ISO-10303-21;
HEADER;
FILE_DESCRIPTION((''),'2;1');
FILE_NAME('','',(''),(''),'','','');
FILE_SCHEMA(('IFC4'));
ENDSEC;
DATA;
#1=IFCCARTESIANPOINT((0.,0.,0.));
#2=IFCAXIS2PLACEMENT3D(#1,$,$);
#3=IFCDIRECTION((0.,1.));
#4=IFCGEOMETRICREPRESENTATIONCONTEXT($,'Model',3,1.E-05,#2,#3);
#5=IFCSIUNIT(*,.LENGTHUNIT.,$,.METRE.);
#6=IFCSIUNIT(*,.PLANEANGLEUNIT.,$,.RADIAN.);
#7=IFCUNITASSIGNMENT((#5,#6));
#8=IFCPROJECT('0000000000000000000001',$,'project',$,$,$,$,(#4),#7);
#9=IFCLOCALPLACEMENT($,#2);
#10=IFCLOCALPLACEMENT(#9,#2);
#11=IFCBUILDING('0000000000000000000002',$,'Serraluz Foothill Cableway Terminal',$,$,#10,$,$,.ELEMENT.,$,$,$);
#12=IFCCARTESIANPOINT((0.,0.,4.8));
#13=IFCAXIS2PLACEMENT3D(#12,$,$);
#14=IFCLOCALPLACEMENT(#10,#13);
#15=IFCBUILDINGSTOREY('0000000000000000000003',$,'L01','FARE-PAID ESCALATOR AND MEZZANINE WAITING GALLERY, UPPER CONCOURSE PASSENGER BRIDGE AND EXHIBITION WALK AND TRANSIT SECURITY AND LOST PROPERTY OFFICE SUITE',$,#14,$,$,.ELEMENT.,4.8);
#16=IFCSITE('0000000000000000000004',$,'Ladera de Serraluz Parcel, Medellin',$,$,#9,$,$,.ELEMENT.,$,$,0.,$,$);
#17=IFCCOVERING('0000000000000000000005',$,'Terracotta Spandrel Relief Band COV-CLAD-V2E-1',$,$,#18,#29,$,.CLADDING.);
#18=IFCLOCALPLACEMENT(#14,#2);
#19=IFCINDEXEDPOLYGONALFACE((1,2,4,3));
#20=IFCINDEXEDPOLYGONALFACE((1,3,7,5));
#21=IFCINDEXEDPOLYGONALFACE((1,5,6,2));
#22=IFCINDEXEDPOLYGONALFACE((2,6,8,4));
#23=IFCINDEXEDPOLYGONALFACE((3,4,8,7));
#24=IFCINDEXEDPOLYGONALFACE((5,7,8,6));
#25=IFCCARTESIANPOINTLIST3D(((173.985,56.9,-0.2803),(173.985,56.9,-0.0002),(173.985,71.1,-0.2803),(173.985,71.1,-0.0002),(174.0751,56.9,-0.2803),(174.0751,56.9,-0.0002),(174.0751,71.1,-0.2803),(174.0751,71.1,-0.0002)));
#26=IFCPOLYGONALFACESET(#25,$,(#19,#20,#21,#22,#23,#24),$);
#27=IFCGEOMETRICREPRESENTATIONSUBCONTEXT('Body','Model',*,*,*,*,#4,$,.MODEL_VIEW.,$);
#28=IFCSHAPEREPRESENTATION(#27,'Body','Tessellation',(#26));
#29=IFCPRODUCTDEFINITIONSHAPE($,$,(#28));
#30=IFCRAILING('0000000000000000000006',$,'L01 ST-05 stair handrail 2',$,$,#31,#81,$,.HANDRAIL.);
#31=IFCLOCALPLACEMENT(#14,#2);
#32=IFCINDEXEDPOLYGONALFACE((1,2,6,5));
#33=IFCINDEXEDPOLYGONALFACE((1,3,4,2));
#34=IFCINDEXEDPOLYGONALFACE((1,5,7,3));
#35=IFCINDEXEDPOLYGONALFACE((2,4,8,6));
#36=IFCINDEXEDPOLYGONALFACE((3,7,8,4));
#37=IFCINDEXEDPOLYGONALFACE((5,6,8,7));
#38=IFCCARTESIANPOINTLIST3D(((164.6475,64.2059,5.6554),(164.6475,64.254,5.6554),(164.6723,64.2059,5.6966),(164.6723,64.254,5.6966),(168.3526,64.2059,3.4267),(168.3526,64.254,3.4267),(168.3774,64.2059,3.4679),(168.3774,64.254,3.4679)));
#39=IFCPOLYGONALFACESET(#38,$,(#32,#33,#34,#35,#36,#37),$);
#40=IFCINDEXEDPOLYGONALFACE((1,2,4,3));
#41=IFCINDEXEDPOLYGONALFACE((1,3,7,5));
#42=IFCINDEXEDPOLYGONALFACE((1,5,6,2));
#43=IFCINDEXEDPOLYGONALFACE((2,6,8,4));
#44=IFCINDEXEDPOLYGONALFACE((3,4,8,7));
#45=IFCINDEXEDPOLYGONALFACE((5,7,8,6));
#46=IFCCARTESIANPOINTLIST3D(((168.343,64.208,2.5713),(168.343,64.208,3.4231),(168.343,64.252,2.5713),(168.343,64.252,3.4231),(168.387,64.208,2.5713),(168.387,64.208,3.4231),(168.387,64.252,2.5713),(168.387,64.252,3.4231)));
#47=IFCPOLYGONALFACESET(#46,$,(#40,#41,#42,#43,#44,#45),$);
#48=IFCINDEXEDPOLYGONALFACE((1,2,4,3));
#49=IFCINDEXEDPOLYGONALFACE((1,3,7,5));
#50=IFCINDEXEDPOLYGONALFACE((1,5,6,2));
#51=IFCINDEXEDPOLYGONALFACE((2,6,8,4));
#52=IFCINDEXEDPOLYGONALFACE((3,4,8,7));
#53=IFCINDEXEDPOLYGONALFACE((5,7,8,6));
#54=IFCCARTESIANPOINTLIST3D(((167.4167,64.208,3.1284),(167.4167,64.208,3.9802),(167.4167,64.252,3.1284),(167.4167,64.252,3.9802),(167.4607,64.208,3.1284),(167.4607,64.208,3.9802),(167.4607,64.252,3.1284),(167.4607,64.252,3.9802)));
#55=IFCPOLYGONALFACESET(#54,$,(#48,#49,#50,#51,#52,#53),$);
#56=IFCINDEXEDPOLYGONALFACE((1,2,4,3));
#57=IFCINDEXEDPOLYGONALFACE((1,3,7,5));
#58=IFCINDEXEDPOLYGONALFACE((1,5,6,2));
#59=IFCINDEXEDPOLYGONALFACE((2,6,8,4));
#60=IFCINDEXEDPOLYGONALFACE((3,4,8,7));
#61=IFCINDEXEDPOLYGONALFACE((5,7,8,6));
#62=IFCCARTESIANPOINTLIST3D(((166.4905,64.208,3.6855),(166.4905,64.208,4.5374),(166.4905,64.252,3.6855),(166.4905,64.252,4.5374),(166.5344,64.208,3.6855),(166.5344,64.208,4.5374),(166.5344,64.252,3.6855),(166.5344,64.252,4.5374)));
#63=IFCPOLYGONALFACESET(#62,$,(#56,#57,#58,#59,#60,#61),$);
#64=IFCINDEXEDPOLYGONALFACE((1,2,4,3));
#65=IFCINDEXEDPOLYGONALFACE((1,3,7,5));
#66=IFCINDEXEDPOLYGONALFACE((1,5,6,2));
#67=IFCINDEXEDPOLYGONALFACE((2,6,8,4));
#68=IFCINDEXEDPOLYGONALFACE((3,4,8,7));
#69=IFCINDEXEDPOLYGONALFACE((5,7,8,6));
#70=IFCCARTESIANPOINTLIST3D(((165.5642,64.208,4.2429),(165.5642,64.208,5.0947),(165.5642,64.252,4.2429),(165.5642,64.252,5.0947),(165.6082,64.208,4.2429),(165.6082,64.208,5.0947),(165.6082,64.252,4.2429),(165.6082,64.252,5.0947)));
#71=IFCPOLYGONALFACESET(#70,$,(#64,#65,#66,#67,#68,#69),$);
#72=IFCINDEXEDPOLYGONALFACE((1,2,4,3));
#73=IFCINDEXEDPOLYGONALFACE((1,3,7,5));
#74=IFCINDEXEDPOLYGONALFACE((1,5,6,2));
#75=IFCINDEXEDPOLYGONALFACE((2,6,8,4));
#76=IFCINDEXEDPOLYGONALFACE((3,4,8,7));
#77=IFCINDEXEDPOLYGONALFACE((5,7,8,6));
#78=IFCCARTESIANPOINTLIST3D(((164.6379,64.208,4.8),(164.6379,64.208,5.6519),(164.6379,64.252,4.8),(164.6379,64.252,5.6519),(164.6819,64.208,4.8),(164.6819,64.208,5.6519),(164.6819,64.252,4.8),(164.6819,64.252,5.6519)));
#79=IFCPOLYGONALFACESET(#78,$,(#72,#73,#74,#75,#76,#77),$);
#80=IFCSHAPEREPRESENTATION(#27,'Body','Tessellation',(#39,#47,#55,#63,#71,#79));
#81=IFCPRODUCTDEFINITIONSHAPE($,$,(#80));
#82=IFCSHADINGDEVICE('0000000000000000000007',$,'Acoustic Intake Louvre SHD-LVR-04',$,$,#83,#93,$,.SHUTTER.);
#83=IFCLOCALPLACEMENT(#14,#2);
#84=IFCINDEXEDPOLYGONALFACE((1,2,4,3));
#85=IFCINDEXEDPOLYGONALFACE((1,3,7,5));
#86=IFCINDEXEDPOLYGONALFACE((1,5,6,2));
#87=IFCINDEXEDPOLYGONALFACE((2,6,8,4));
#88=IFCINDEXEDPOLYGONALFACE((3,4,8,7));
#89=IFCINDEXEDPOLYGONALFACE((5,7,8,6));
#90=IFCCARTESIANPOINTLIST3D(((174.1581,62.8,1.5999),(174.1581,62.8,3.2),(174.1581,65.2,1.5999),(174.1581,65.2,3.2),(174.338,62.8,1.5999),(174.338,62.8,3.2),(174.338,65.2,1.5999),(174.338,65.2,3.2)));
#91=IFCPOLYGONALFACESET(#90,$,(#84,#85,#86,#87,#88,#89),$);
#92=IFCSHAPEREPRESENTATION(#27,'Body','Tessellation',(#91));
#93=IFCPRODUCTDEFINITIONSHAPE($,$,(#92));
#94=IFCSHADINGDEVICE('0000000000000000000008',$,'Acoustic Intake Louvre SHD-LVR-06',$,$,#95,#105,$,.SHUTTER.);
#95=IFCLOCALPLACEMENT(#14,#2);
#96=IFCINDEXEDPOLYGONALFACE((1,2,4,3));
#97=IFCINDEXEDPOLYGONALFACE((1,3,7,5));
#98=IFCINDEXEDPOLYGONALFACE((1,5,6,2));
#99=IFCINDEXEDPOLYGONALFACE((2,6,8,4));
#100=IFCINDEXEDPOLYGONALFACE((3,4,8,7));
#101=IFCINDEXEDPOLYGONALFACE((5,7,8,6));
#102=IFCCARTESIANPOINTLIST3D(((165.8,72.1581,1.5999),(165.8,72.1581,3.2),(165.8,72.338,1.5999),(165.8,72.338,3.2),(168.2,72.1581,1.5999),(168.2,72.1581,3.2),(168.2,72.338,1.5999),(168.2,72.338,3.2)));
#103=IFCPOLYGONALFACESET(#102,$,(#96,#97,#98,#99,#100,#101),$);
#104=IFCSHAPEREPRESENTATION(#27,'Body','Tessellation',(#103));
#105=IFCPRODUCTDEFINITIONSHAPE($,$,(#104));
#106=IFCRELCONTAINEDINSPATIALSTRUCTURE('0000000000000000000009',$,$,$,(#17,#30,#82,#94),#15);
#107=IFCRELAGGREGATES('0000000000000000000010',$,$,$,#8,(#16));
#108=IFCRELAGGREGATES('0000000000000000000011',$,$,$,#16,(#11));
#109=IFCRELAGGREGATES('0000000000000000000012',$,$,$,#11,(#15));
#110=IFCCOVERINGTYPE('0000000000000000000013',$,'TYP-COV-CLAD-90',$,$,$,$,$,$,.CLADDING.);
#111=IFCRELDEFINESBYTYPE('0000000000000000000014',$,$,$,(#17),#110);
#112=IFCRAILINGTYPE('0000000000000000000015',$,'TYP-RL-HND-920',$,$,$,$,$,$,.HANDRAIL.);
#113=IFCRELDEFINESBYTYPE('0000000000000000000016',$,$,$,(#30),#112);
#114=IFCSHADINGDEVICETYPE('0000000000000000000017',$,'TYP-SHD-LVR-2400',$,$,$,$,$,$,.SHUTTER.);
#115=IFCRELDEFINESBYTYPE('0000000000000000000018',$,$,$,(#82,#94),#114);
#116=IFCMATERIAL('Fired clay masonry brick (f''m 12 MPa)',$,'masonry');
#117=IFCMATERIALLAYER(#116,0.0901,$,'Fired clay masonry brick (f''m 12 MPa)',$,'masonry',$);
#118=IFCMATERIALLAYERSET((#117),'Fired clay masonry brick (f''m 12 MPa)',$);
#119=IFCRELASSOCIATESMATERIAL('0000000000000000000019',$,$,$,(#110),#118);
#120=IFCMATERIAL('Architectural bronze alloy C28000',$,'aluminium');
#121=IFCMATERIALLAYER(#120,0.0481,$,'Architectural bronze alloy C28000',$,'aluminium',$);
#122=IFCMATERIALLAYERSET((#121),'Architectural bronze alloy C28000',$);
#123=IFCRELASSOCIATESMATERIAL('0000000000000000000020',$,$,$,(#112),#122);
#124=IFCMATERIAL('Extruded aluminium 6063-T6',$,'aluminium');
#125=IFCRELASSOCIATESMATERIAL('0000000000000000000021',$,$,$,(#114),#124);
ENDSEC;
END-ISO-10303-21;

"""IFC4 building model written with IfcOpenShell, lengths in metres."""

from ifc_helpers import new_model, si_unit, direction, frame, origin, origin_2d, place, context, subcontext, project, spatial, rectangle, extrude, material, layer, layer_set, type_object, element, save


model = new_model("IFC4")

# Units and contexts
model_context = context("Model", 3, precision=1e-05, world=origin(), true_north=direction((0.0, 1.0)))
body_context = subcontext(model_context, "Body", "Model", "MODEL_VIEW")
ifc_project = project(units=[si_unit("LENGTHUNIT", "METRE"), si_unit("PLANEANGLEUNIT", "RADIAN")], contexts=[model_context])

# Site, building, storey
site_placement = place(None, origin())
site = spatial("IfcSite", under=ifc_project, at=site_placement, Name="Ladera de Serraluz Parcel, Medellin", CompositionType="ELEMENT", RefElevation=0.0)
building_placement = place(site_placement, origin())
building = spatial("IfcBuilding", under=site, at=building_placement, Name="Serraluz Foothill Cableway Terminal", CompositionType="ELEMENT")
storey_placement = place(building_placement, frame((0.0, 0.0, 4.8)))
storey = spatial("IfcBuildingStorey", under=building, at=storey_placement, Name="L01", Description="FARE-PAID ESCALATOR AND MEZZANINE WAITING GALLERY, UPPER CONCOURSE PASSENGER BRIDGE AND EXHIBITION WALK AND TRANSIT SECURITY AND LOST PROPERTY OFFICE SUITE", CompositionType="ELEMENT", Elevation=4.8)

# Shared definitions
ifc_material_1 = material(Name="Fired clay masonry brick (f'm 12 MPa)", Category="masonry")

# Covering
ifc_layer_1 = layer(ifc_material_1, 0.0901, Name="Fired clay masonry brick (f'm 12 MPa)", Category="masonry")
ifc_layer_set_1 = layer_set([ifc_layer_1], Name="Fired clay masonry brick (f'm 12 MPa)")
covering_type = type_object("IfcCoveringType", Name="TYP-COV-CLAD-90", PredefinedType="CLADDING", material=ifc_layer_set_1)
covering_placement = place(storey_placement, frame((174.03, 64.0, -0.2803), z_axis=(0.0, 0.0, 1.0), x_axis=(0.0, 1.0, 0.0)))
element("IfcCovering", 1, at=covering_placement, inside=storey, type_object=covering_type, Name="Terracotta Spandrel Relief Band COV-CLAD-V2E-1", PredefinedType="CLADDING", context=body_context, shape_type="SweptSolid", body=[
    extrude(rectangle(XDim=14.2, YDim=0.0901, at=origin_2d()), origin(), (0.0, 0.0, 1.0), 0.28),
])

# Railing
ifc_material_2 = material(Name="Architectural bronze alloy C28000", Category="aluminium")
ifc_layer_2 = layer(ifc_material_2, 0.0481, Name="Architectural bronze alloy C28000", Category="aluminium")
ifc_layer_set_2 = layer_set([ifc_layer_2], Name="Architectural bronze alloy C28000")
railing_type = type_object("IfcRailingType", Name="TYP-RL-HND-920", PredefinedType="HANDRAIL", material=ifc_layer_set_2)
railing_placement = place(storey_placement, frame((168.365, 64.23, 2.5713)))
element("IfcRailing", 2, at=railing_placement, inside=storey, type_object=railing_type, Name="L01 ST-05 stair handrail 2", PredefinedType="HANDRAIL", context=body_context, shape_type="SweptSolid", body=[
    extrude(rectangle(XDim=0.0481, YDim=0.0481, at=origin_2d()), frame((0.0, 0.0, 0.876), z_axis=(-0.856909, 0.0, 0.515467), x_axis=(0.0, -1.0, 0.0)), (0.0, 0.0, 1.0), 4.3237),
    extrude(rectangle(XDim=0.0439, YDim=0.0439, at=origin_2d()), origin(), (0.0, 0.0, 1.0), 0.8518),
    extrude(rectangle(XDim=0.0439, YDim=0.0439, at=origin_2d()), frame((-0.9263, 0.0, 0.5571)), (0.0, 0.0, 1.0), 0.8518),
    extrude(rectangle(XDim=0.0439, YDim=0.0439, at=origin_2d()), frame((-1.8525, 0.0, 1.1143)), (0.0, 0.0, 1.0), 0.8518),
    extrude(rectangle(XDim=0.0439, YDim=0.0439, at=origin_2d()), frame((-2.7788, 0.0, 1.6716)), (0.0, 0.0, 1.0), 0.8518),
    extrude(rectangle(XDim=0.0439, YDim=0.0439, at=origin_2d()), frame((-3.7051, 0.0, 2.2288)), (0.0, 0.0, 1.0), 0.8518),
])

# Shading devices
ifc_material_3 = material(Name="Extruded aluminium 6063-T6", Category="aluminium")
shading_device_type = type_object("IfcShadingDeviceType", Name="TYP-SHD-LVR-2400", PredefinedType="SHUTTER", material=ifc_material_3)
for number, where, z_axis, x_axis, name in (
    (3, (174.248, 64.0, 1.5999), (0.0, 0.0, 1.0), (0.0, 1.0, 0.0), "Acoustic Intake Louvre SHD-LVR-04"),
    (4, (167.0, 72.248, 1.5999), (0.0, 0.0, 1.0), (1.0, 0.0, 0.0), "Acoustic Intake Louvre SHD-LVR-06"),
):
    element("IfcShadingDevice", number, at=place(storey_placement, frame(where, z_axis=z_axis, x_axis=x_axis)), inside=storey, type_object=shading_device_type, Name=name, PredefinedType="SHUTTER", context=body_context, shape_type="SweptSolid", body=[
        extrude(rectangle(XDim=2.3999, YDim=0.1799, at=origin_2d()), origin(), (0.0, 0.0, 1.0), 1.6001),
    ])

save(model, "model.ifc")
